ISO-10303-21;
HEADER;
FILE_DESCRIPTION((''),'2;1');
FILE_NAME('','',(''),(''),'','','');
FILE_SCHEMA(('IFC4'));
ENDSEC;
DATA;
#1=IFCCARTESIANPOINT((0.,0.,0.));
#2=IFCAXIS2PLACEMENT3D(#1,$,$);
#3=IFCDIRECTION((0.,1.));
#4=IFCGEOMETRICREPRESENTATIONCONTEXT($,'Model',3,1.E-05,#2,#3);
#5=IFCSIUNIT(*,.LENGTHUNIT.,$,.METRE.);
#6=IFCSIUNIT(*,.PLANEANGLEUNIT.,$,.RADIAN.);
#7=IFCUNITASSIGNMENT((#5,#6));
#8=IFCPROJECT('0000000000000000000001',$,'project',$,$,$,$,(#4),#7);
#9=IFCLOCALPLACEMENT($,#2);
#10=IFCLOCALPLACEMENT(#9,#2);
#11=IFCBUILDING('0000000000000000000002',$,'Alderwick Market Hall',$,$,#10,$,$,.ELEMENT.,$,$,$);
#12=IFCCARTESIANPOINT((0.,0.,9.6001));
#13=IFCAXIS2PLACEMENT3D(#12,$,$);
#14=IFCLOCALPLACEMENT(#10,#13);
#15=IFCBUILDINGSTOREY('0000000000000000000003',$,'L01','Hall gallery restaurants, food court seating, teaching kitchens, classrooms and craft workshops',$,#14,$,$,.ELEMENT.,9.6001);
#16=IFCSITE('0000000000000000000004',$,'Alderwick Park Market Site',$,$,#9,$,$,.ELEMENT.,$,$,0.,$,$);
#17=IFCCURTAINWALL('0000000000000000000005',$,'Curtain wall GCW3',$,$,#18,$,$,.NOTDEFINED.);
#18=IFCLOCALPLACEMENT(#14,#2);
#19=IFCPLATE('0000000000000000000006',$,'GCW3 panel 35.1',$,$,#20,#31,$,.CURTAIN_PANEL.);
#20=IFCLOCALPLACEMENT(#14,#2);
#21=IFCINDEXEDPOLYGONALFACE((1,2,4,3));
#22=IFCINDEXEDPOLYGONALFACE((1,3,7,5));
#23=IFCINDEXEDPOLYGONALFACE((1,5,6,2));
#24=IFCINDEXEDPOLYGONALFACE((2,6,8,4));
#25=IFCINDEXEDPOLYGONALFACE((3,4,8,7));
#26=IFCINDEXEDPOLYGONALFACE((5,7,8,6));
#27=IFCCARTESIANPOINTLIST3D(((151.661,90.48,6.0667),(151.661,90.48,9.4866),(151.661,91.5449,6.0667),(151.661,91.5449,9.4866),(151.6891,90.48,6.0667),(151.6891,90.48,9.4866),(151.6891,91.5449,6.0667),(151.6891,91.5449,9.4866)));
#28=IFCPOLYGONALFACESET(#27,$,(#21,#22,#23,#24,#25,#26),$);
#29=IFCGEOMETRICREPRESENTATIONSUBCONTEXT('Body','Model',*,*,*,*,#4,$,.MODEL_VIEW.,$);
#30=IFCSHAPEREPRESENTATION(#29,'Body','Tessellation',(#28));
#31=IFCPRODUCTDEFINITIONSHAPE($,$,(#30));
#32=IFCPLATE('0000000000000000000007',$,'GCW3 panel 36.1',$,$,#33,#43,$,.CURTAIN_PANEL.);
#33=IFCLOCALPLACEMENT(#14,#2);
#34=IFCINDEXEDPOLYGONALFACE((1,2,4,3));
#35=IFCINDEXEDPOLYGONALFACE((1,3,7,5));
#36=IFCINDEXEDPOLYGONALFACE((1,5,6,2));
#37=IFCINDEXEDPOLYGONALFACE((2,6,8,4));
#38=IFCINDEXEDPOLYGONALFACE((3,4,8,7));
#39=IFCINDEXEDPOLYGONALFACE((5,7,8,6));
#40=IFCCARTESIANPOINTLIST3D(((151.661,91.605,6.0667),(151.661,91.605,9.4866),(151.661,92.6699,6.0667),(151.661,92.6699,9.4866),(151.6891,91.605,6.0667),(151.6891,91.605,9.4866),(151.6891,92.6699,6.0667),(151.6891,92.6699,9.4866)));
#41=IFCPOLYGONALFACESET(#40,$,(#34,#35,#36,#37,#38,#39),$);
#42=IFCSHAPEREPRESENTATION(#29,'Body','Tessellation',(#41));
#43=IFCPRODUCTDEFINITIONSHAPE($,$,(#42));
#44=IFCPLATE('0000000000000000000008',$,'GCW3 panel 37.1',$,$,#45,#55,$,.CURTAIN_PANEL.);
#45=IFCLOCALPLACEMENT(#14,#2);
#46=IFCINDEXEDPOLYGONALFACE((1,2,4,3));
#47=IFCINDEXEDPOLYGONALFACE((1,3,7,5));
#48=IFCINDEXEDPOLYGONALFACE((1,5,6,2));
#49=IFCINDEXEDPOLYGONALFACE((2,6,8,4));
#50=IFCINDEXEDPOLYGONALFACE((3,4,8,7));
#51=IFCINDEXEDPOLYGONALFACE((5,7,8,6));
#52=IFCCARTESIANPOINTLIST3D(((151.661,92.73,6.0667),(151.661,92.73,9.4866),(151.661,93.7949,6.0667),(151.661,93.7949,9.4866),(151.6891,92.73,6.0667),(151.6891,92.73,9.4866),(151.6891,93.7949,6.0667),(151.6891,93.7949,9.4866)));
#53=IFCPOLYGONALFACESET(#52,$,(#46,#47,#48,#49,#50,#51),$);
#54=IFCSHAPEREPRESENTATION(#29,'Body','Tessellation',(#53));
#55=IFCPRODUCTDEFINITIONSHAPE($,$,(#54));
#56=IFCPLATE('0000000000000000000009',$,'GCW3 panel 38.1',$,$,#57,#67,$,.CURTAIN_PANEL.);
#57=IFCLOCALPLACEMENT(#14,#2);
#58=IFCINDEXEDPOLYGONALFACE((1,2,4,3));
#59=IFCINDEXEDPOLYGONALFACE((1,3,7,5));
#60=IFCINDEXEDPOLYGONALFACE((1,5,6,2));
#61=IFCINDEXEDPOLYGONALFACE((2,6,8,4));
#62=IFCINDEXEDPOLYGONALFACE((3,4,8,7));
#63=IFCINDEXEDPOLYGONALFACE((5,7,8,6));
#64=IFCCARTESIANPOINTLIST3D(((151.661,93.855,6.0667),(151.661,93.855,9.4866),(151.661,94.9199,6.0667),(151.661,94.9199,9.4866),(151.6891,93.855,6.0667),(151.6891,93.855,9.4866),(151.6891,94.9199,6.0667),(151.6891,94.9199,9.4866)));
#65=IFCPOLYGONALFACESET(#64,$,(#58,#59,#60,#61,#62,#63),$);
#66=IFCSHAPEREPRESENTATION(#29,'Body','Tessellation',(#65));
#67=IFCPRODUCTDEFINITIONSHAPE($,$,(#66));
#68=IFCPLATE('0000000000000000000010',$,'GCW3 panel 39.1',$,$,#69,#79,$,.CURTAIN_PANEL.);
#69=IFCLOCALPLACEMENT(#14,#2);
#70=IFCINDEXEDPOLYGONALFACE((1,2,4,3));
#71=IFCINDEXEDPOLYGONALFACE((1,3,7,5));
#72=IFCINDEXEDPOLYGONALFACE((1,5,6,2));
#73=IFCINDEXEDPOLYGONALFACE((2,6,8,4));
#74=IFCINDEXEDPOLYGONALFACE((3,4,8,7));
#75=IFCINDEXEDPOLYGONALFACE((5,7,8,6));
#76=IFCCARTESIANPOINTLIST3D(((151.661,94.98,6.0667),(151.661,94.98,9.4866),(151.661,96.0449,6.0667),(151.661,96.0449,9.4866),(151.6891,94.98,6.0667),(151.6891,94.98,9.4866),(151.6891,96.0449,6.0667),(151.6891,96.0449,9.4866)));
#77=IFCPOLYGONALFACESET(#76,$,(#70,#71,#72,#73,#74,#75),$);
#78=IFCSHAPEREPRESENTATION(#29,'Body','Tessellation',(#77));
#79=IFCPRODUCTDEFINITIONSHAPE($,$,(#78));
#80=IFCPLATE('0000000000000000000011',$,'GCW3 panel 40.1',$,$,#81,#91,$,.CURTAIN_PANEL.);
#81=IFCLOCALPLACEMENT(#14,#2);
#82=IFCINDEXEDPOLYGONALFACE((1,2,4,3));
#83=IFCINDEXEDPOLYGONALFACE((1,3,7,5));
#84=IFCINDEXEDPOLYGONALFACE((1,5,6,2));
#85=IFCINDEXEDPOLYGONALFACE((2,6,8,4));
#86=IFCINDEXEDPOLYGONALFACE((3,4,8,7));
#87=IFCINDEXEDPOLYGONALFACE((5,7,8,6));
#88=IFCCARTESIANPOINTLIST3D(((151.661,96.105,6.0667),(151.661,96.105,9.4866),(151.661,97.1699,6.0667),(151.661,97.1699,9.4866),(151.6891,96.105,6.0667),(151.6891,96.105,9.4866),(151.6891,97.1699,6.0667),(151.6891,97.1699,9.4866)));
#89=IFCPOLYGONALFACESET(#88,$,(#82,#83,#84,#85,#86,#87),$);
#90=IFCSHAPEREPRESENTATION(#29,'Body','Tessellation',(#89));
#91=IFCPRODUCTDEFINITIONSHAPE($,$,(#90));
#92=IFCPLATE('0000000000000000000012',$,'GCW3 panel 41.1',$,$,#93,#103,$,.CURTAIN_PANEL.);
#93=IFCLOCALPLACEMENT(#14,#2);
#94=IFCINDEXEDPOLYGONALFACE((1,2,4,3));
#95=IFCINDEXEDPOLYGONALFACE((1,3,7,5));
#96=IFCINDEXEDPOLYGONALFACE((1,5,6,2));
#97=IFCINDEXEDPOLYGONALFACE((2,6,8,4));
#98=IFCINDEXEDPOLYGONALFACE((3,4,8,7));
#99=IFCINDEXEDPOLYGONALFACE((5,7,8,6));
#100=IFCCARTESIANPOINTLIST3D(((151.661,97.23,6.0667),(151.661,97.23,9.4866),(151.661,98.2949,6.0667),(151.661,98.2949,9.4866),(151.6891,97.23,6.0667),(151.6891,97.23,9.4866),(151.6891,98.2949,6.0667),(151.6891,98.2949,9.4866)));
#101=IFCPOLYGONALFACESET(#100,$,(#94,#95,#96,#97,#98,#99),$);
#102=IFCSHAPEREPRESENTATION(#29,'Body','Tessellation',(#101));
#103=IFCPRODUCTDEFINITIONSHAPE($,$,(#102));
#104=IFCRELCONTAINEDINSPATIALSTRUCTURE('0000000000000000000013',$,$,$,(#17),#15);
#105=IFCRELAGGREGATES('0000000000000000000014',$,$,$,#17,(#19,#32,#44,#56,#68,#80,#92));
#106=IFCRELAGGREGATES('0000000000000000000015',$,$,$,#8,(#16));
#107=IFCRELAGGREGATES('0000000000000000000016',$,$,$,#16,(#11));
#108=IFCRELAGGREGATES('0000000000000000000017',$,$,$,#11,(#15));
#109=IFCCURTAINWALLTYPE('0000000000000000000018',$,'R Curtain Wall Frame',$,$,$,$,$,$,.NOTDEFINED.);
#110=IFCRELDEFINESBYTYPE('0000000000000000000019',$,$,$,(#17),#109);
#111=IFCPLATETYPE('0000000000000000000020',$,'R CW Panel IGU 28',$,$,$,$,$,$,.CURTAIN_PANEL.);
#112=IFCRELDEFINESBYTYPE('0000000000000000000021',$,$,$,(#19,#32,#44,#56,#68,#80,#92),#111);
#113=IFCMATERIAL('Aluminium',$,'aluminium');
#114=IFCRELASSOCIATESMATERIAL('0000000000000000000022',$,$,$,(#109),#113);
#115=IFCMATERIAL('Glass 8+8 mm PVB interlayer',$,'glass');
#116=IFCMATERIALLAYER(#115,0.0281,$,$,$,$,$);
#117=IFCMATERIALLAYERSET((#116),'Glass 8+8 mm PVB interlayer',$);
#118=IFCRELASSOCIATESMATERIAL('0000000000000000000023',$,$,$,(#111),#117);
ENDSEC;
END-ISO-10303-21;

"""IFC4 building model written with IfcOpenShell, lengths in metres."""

from ifc_helpers import new_model, si_unit, direction, frame, origin, origin_2d, place, context, subcontext, project, spatial, rectangle, extrude, material, layer, layer_set, type_object, element, aggregate, save


model = new_model("IFC4")

# Units and contexts
model_context = context("Model", 3, precision=1e-05, world=origin(), true_north=direction((0.0, 1.0)))
body_context = subcontext(model_context, "Body", "Model", "MODEL_VIEW")
ifc_project = project(units=[si_unit("LENGTHUNIT", "METRE"), si_unit("PLANEANGLEUNIT", "RADIAN")], contexts=[model_context])

# Site, building, storey
site_placement = place(None, origin())
site = spatial("IfcSite", under=ifc_project, at=site_placement, Name="Alderwick Park Market Site", CompositionType="ELEMENT", RefElevation=0.0)
building_placement = place(site_placement, origin())
building = spatial("IfcBuilding", under=site, at=building_placement, Name="Alderwick Market Hall", CompositionType="ELEMENT")
storey_placement = place(building_placement, frame((0.0, 0.0, 9.6001)))
storey = spatial("IfcBuildingStorey", under=building, at=storey_placement, Name="L01", Description="Hall gallery restaurants, food court seating, teaching kitchens, classrooms and craft workshops", CompositionType="ELEMENT", Elevation=9.6001)

# Curtain wall, plates
ifc_material_1 = material(Name="Aluminium", Category="aluminium")
curtain_wall_type = type_object("IfcCurtainWallType", Name="R Curtain Wall Frame", PredefinedType="NOTDEFINED", material=ifc_material_1)
curtain_wall_placement = place(storey_placement, origin())
curtain_wall = element("IfcCurtainWall", 1, at=curtain_wall_placement, inside=storey, type_object=curtain_wall_type, Name="Curtain wall GCW3", PredefinedType="NOTDEFINED")
ifc_material_2 = material(Name="Glass 8+8 mm PVB interlayer", Category="glass")
ifc_layer = layer(ifc_material_2, 0.0281)
ifc_layer_set = layer_set([ifc_layer], Name="Glass 8+8 mm PVB interlayer")
plate_type = type_object("IfcPlateType", Name="R CW Panel IGU 28", PredefinedType="CURTAIN_PANEL", material=ifc_layer_set)
plate_1_placement = place(storey_placement, frame((151.675, 91.0125, 6.0667), z_axis=(0.0, 0.0, 1.0), x_axis=(1.0, 0.0, 0.0)))
plate_1 = element("IfcPlate", 2, at=plate_1_placement, type_object=plate_type, Name="GCW3 panel 35.1", PredefinedType="CURTAIN_PANEL", context=body_context, shape_type="SweptSolid", body=[
    extrude(rectangle(XDim=0.0281, YDim=1.0649, at=origin_2d()), origin(), (0.0, 0.0, 1.0), 3.4199),
])
plate_2_placement = place(storey_placement, frame((151.675, 92.1375, 6.0667), z_axis=(0.0, 0.0, 1.0), x_axis=(1.0, 0.0, 0.0)))
plate_2 = element("IfcPlate", 3, at=plate_2_placement, type_object=plate_type, Name="GCW3 panel 36.1", PredefinedType="CURTAIN_PANEL", context=body_context, shape_type="SweptSolid", body=[
    extrude(rectangle(XDim=0.0281, YDim=1.0649, at=origin_2d()), origin(), (0.0, 0.0, 1.0), 3.4199),
])
plate_3_placement = place(storey_placement, frame((151.675, 93.2625, 6.0667), z_axis=(0.0, 0.0, 1.0), x_axis=(1.0, 0.0, 0.0)))
plate_3 = element("IfcPlate", 4, at=plate_3_placement, type_object=plate_type, Name="GCW3 panel 37.1", PredefinedType="CURTAIN_PANEL", context=body_context, shape_type="SweptSolid", body=[
    extrude(rectangle(XDim=0.0281, YDim=1.0649, at=origin_2d()), origin(), (0.0, 0.0, 1.0), 3.4199),
])
plate_4_placement = place(storey_placement, frame((151.675, 94.3875, 6.0667), z_axis=(0.0, 0.0, 1.0), x_axis=(1.0, 0.0, 0.0)))
plate_4 = element("IfcPlate", 5, at=plate_4_placement, type_object=plate_type, Name="GCW3 panel 38.1", PredefinedType="CURTAIN_PANEL", context=body_context, shape_type="SweptSolid", body=[
    extrude(rectangle(XDim=0.0281, YDim=1.0649, at=origin_2d()), origin(), (0.0, 0.0, 1.0), 3.4199),
])
plate_5_placement = place(storey_placement, frame((151.675, 95.5125, 6.0667), z_axis=(0.0, 0.0, 1.0), x_axis=(1.0, 0.0, 0.0)))
plate_5 = element("IfcPlate", 6, at=plate_5_placement, type_object=plate_type, Name="GCW3 panel 39.1", PredefinedType="CURTAIN_PANEL", context=body_context, shape_type="SweptSolid", body=[
    extrude(rectangle(XDim=0.0281, YDim=1.0649, at=origin_2d()), origin(), (0.0, 0.0, 1.0), 3.4199),
])
plate_6_placement = place(storey_placement, frame((151.675, 96.6375, 6.0667), z_axis=(0.0, 0.0, 1.0), x_axis=(1.0, 0.0, 0.0)))
plate_6 = element("IfcPlate", 7, at=plate_6_placement, type_object=plate_type, Name="GCW3 panel 40.1", PredefinedType="CURTAIN_PANEL", context=body_context, shape_type="SweptSolid", body=[
    extrude(rectangle(XDim=0.0281, YDim=1.0649, at=origin_2d()), origin(), (0.0, 0.0, 1.0), 3.4199),
])
plate_7_placement = place(storey_placement, frame((151.675, 97.7625, 6.0667), z_axis=(0.0, 0.0, 1.0), x_axis=(1.0, 0.0, 0.0)))
plate_7 = element("IfcPlate", 8, at=plate_7_placement, type_object=plate_type, Name="GCW3 panel 41.1", PredefinedType="CURTAIN_PANEL", context=body_context, shape_type="SweptSolid", body=[
    extrude(rectangle(XDim=0.0281, YDim=1.0649, at=origin_2d()), origin(), (0.0, 0.0, 1.0), 3.4199),
])
aggregate(curtain_wall, [plate_1, plate_2, plate_3, plate_4, plate_5, plate_6, plate_7])

save(model, "model.ifc")
